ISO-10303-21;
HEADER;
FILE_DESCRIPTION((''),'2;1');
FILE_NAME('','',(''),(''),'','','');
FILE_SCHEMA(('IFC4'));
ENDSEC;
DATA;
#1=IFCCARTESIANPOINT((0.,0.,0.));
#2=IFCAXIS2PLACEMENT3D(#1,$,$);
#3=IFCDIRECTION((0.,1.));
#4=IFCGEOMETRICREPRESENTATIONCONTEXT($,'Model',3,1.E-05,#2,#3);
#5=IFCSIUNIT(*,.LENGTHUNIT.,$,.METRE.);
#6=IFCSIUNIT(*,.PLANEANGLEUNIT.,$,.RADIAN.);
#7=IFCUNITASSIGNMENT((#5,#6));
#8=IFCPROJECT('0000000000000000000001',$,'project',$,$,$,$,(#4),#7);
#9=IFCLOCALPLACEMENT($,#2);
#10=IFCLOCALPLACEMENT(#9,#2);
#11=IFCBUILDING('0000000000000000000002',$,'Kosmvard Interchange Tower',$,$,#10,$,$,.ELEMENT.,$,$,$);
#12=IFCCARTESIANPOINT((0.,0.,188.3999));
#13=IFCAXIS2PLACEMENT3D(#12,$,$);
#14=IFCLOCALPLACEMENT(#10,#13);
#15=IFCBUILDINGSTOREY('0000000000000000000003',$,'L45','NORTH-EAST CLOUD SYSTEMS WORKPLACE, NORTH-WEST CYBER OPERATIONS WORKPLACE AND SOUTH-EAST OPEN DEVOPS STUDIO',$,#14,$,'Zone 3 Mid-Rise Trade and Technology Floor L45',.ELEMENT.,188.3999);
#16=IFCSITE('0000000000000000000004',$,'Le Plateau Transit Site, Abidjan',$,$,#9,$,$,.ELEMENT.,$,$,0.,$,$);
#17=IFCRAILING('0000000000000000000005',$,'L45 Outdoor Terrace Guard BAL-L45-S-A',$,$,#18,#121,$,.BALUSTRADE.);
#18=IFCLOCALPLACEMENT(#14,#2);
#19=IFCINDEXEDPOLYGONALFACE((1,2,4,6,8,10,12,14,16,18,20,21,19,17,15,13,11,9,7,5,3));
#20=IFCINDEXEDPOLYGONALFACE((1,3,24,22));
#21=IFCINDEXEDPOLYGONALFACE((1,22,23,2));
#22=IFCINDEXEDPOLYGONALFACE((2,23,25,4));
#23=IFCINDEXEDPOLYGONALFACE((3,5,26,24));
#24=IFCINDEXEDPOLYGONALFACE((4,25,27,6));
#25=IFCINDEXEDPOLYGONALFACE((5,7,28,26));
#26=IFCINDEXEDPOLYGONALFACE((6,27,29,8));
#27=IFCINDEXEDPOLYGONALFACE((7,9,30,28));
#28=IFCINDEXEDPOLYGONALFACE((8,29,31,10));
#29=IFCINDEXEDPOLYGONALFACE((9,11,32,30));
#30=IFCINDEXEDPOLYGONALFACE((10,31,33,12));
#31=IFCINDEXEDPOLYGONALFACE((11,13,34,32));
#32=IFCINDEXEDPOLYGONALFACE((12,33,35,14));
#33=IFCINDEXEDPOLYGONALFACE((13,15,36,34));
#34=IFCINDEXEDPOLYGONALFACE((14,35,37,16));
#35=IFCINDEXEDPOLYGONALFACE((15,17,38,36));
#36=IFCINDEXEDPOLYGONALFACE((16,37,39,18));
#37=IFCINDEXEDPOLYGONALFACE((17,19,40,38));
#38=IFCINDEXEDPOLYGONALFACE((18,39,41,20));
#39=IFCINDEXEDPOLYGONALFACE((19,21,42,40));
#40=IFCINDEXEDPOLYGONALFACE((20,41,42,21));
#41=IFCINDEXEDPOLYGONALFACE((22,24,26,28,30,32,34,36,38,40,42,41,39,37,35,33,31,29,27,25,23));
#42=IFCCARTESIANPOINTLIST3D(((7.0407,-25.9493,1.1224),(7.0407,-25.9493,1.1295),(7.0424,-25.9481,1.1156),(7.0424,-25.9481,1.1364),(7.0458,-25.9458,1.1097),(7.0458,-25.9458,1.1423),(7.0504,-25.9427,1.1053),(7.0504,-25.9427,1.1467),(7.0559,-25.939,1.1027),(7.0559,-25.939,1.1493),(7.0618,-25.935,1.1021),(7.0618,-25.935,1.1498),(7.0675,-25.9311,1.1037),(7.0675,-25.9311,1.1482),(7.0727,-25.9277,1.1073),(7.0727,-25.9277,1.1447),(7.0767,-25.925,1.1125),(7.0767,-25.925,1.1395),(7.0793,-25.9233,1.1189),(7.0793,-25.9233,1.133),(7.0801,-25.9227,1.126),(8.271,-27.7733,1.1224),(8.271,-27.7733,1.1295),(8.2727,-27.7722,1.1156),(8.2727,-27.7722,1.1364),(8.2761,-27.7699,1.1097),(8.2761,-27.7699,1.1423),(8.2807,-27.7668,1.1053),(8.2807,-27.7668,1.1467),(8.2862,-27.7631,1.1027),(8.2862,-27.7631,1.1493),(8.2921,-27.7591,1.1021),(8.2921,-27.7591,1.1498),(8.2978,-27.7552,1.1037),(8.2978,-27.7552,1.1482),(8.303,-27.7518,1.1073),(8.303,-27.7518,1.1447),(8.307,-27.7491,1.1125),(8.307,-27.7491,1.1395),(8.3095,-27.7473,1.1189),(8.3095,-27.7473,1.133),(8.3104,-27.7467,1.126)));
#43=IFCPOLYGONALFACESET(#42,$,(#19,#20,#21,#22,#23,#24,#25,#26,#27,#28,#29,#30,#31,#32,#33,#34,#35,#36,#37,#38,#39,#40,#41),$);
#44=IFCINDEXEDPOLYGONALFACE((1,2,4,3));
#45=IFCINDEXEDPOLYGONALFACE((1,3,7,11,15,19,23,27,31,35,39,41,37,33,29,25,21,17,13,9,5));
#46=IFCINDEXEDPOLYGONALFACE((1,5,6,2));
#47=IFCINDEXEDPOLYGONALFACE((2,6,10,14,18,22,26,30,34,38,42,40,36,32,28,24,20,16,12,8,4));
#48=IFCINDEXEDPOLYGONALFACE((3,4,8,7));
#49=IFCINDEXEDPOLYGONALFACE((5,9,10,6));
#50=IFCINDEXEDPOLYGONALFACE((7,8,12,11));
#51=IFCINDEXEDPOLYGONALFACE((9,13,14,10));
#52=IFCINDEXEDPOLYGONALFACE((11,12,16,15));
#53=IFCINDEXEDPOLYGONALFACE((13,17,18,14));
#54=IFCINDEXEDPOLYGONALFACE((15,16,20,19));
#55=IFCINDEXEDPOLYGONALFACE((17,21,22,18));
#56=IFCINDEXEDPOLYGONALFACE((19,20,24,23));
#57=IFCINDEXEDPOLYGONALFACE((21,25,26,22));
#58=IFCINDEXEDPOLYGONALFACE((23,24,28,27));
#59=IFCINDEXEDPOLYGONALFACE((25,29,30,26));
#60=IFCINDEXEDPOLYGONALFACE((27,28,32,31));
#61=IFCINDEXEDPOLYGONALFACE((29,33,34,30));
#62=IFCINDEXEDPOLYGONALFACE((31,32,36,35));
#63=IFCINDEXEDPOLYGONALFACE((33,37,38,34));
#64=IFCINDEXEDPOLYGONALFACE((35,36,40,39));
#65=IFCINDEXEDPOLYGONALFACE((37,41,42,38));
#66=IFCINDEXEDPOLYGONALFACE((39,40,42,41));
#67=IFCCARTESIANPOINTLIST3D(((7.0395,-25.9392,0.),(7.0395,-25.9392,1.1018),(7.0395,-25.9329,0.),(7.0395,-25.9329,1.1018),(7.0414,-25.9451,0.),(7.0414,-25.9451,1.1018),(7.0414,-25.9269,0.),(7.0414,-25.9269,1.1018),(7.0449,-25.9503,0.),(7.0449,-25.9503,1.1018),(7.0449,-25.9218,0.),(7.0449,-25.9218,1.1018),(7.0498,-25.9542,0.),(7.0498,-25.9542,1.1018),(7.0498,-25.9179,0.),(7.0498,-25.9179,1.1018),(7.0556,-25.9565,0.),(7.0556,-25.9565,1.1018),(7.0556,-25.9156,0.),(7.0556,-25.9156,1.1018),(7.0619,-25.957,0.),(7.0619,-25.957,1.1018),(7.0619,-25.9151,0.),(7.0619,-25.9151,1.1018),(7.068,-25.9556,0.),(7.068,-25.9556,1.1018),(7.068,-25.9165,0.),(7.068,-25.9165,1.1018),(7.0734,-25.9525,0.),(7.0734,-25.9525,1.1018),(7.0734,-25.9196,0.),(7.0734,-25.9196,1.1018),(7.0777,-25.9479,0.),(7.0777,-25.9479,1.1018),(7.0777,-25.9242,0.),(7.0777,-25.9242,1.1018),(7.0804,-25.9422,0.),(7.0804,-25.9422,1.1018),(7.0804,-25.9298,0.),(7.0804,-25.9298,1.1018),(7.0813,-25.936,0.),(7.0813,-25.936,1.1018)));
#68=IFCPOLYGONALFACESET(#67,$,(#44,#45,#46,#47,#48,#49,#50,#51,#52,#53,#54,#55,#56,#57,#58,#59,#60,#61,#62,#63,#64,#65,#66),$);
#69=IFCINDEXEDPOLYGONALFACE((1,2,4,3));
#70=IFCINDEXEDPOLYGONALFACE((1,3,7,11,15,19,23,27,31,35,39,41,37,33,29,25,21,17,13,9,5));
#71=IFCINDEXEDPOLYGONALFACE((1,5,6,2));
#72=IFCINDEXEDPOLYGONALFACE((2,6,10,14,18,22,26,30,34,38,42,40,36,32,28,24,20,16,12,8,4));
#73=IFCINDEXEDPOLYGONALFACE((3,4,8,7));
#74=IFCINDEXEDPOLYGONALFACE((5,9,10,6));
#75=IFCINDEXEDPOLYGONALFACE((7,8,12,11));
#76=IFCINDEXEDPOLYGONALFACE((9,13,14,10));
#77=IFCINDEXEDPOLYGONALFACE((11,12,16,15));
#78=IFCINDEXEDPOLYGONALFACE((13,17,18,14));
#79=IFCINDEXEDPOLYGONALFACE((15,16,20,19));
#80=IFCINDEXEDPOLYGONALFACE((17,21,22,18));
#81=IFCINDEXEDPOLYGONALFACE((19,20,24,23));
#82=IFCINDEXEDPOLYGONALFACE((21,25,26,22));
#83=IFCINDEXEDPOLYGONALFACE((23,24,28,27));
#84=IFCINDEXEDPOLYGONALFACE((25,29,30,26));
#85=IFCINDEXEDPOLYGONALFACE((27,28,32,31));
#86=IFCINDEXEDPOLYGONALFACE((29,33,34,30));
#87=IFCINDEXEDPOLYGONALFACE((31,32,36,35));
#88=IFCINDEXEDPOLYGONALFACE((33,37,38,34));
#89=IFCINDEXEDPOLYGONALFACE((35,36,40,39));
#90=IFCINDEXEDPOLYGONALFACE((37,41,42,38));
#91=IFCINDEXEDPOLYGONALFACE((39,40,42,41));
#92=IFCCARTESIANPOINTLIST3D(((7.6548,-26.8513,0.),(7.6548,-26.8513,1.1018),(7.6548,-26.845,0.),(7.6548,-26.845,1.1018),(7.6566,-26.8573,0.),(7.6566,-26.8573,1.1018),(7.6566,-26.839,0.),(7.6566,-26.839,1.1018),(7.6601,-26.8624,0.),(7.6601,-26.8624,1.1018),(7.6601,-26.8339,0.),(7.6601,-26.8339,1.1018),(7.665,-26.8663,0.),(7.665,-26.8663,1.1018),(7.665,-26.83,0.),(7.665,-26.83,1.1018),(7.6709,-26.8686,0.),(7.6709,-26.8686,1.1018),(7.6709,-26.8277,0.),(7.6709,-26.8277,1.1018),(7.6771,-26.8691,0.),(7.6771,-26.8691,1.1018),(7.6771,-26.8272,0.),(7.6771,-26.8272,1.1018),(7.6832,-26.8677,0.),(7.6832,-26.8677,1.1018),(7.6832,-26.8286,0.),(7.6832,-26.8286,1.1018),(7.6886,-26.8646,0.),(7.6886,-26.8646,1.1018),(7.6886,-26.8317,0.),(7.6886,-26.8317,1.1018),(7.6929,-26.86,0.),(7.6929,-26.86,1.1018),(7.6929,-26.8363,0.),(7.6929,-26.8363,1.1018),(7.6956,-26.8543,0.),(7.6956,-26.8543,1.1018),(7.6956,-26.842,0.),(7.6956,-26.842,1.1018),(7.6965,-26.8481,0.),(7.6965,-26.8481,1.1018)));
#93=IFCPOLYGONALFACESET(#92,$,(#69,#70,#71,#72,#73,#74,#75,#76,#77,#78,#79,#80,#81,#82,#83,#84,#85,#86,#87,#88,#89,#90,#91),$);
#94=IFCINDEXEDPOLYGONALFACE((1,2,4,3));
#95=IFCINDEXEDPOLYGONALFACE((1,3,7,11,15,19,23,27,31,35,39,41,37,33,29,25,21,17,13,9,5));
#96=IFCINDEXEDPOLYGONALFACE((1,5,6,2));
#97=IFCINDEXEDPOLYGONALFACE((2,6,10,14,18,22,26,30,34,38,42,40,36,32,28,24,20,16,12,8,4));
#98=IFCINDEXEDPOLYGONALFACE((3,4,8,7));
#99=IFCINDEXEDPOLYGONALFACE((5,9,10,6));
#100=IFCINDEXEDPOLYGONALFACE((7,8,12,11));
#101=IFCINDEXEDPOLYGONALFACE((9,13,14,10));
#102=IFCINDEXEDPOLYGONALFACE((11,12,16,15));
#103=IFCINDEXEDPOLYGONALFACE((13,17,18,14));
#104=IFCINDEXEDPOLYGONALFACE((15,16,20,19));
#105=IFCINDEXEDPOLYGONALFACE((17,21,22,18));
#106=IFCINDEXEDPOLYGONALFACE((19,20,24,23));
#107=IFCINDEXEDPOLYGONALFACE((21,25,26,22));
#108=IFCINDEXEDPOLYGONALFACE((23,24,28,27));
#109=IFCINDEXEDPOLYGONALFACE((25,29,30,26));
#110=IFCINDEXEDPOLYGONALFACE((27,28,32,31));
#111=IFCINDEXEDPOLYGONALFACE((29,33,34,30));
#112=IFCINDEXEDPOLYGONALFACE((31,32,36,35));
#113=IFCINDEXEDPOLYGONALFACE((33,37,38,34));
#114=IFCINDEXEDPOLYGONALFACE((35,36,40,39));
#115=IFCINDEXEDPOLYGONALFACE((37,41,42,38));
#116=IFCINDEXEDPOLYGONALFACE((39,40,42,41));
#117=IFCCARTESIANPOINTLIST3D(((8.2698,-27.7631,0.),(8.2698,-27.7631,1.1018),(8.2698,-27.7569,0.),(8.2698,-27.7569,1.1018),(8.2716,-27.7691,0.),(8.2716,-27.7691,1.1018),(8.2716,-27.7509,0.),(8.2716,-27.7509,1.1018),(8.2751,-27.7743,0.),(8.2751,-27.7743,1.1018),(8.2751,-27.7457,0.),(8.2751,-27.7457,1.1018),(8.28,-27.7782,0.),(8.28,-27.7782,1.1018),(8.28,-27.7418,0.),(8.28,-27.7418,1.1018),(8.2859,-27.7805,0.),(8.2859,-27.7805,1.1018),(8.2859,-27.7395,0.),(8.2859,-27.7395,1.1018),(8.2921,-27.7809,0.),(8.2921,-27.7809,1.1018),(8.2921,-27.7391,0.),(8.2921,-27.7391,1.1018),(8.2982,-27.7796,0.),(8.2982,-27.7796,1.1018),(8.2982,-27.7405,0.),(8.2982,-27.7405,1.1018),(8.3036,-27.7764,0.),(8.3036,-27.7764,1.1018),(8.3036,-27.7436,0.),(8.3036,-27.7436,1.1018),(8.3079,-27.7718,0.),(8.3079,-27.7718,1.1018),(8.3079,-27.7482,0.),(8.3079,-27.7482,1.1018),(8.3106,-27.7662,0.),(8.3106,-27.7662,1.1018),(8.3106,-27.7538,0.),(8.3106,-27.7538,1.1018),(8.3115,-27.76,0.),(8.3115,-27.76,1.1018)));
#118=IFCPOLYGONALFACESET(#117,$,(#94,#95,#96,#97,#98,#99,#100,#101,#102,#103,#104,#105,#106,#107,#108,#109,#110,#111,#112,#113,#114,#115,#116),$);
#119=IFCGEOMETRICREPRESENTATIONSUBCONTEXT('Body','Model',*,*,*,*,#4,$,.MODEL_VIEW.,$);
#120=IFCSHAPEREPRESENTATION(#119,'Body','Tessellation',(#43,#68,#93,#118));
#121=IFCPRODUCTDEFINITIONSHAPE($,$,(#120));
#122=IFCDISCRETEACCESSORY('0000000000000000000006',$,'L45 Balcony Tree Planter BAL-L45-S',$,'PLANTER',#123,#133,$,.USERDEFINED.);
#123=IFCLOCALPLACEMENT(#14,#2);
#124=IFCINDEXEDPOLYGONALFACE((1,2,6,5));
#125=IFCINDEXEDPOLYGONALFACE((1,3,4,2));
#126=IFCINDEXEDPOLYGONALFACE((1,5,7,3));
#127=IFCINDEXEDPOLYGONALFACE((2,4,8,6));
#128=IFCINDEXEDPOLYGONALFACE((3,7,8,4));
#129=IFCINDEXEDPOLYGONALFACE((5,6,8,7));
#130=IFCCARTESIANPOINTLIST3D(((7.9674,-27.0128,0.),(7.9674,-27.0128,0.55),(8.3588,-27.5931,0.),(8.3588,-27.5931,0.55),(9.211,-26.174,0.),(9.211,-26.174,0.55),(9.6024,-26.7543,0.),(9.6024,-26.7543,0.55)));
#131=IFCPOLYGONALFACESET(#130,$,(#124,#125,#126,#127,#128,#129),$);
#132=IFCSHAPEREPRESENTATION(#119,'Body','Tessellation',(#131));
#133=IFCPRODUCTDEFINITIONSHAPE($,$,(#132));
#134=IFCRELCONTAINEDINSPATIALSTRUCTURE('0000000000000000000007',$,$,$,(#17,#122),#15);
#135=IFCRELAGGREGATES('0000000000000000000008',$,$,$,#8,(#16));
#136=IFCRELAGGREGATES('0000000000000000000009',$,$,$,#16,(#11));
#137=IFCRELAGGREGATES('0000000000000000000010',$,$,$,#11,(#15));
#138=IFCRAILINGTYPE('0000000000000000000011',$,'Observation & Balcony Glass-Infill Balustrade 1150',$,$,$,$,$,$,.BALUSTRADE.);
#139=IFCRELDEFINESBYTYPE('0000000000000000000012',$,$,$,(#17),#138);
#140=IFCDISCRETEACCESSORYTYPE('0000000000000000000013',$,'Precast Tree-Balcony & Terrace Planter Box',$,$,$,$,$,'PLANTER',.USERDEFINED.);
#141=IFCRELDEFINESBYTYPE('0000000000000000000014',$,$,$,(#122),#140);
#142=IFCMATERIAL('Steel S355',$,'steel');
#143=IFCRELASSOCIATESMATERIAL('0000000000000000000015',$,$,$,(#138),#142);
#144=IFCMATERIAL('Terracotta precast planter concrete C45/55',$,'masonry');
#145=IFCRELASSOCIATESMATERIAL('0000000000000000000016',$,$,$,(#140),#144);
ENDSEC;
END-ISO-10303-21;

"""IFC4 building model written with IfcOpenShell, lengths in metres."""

from ifc_helpers import new_model, si_unit, direction, frame, origin, origin_2d, place, context, subcontext, project, spatial, rectangle, circle, extrude, source, transform, mapped, material, type_object, element, save


model = new_model("IFC4")

# Units and contexts
model_context = context("Model", 3, precision=1e-05, world=origin(), true_north=direction((0.0, 1.0)))
body_context = subcontext(model_context, "Body", "Model", "MODEL_VIEW")
ifc_project = project(units=[si_unit("LENGTHUNIT", "METRE"), si_unit("PLANEANGLEUNIT", "RADIAN")], contexts=[model_context])

# Site, building, storey
site_placement = place(None, origin())
site = spatial("IfcSite", under=ifc_project, at=site_placement, Name="Le Plateau Transit Site, Abidjan", CompositionType="ELEMENT", RefElevation=0.0)
building_placement = place(site_placement, origin())
building = spatial("IfcBuilding", under=site, at=building_placement, Name="Kosmvard Interchange Tower", CompositionType="ELEMENT")
storey_placement = place(building_placement, frame((0.0, 0.0, 188.3999)))
storey = spatial("IfcBuildingStorey", under=building, at=storey_placement, Name="L45", Description="NORTH-EAST CLOUD SYSTEMS WORKPLACE, NORTH-WEST CYBER OPERATIONS WORKPLACE AND SOUTH-EAST OPEN DEVOPS STUDIO", LongName="Zone 3 Mid-Rise Trade and Technology Floor L45", CompositionType="ELEMENT", Elevation=188.3999)

# Shared definitions
ifc_material_1 = material(Name="Steel S355", Category="steel")

# Railing
railing_type = type_object("IfcRailingType", Name="Observation & Balcony Glass-Infill Balustrade 1150", PredefinedType="BALUSTRADE", material=ifc_material_1)
shared_shape_1 = source(origin(), body_context, "Body", "SweptSolid", [
    extrude(circle(Radius=0.0239, at=origin_2d()), frame((0.0, 0.0, 1.126), z_axis=(0.559174, -0.829051, 0.0), x_axis=(0.829051, 0.559174, 0.0)), (0.0, 0.0, 1.0), 2.2002),
    extrude(circle(Radius=0.021, at=origin_2d()), origin(), (0.0, 0.0, 1.0), 1.1018),
    extrude(circle(Radius=0.021, at=origin_2d()), frame((0.6152, -0.9121, 0.0)), (0.0, 0.0, 1.0), 1.1018),
    extrude(circle(Radius=0.021, at=origin_2d()), frame((1.2302, -1.824, 0.0)), (0.0, 0.0, 1.0), 1.1018),
])
railing_1_placement = place(storey_placement, frame((7.0603, -25.936, 0.0)))
element("IfcRailing", 1, at=railing_1_placement, inside=storey, type_object=railing_type, Name="L45 Outdoor Terrace Guard BAL-L45-S-A", PredefinedType="BALUSTRADE", context=body_context, shape_type="MappedRepresentation", body=[
    mapped(shared_shape_1, transform((0.0, 0.0, 0.0), scale=1.0)),
])

# Discrete accessory
ifc_material_2 = material(Name="Terracotta precast planter concrete C45/55", Category="masonry")
discrete_accessory_type = type_object("IfcDiscreteAccessoryType", Name="Precast Tree-Balcony & Terrace Planter Box", ElementType="PLANTER", PredefinedType="USERDEFINED", material=ifc_material_2)
shared_shape_2 = source(origin(), body_context, "Body", "SweptSolid", [
    extrude(rectangle(XDim=1.5, YDim=0.7, at=origin_2d()), origin(), (0.0, 0.0, 1.0), 0.55),
])
discrete_accessory_placement = place(storey_placement, frame((8.7849, -26.8835, 0.0), z_axis=(0.0, 0.0, 1.0), x_axis=(0.829038, 0.559193, 0.0)))
element("IfcDiscreteAccessory", 2, at=discrete_accessory_placement, inside=storey, type_object=discrete_accessory_type, Name="L45 Balcony Tree Planter BAL-L45-S", ObjectType="PLANTER", PredefinedType="USERDEFINED", context=body_context, shape_type="MappedRepresentation", body=[
    mapped(shared_shape_2, transform((0.0, 0.0, 0.0), scale=1.0)),
])

save(model, "model.ifc")
